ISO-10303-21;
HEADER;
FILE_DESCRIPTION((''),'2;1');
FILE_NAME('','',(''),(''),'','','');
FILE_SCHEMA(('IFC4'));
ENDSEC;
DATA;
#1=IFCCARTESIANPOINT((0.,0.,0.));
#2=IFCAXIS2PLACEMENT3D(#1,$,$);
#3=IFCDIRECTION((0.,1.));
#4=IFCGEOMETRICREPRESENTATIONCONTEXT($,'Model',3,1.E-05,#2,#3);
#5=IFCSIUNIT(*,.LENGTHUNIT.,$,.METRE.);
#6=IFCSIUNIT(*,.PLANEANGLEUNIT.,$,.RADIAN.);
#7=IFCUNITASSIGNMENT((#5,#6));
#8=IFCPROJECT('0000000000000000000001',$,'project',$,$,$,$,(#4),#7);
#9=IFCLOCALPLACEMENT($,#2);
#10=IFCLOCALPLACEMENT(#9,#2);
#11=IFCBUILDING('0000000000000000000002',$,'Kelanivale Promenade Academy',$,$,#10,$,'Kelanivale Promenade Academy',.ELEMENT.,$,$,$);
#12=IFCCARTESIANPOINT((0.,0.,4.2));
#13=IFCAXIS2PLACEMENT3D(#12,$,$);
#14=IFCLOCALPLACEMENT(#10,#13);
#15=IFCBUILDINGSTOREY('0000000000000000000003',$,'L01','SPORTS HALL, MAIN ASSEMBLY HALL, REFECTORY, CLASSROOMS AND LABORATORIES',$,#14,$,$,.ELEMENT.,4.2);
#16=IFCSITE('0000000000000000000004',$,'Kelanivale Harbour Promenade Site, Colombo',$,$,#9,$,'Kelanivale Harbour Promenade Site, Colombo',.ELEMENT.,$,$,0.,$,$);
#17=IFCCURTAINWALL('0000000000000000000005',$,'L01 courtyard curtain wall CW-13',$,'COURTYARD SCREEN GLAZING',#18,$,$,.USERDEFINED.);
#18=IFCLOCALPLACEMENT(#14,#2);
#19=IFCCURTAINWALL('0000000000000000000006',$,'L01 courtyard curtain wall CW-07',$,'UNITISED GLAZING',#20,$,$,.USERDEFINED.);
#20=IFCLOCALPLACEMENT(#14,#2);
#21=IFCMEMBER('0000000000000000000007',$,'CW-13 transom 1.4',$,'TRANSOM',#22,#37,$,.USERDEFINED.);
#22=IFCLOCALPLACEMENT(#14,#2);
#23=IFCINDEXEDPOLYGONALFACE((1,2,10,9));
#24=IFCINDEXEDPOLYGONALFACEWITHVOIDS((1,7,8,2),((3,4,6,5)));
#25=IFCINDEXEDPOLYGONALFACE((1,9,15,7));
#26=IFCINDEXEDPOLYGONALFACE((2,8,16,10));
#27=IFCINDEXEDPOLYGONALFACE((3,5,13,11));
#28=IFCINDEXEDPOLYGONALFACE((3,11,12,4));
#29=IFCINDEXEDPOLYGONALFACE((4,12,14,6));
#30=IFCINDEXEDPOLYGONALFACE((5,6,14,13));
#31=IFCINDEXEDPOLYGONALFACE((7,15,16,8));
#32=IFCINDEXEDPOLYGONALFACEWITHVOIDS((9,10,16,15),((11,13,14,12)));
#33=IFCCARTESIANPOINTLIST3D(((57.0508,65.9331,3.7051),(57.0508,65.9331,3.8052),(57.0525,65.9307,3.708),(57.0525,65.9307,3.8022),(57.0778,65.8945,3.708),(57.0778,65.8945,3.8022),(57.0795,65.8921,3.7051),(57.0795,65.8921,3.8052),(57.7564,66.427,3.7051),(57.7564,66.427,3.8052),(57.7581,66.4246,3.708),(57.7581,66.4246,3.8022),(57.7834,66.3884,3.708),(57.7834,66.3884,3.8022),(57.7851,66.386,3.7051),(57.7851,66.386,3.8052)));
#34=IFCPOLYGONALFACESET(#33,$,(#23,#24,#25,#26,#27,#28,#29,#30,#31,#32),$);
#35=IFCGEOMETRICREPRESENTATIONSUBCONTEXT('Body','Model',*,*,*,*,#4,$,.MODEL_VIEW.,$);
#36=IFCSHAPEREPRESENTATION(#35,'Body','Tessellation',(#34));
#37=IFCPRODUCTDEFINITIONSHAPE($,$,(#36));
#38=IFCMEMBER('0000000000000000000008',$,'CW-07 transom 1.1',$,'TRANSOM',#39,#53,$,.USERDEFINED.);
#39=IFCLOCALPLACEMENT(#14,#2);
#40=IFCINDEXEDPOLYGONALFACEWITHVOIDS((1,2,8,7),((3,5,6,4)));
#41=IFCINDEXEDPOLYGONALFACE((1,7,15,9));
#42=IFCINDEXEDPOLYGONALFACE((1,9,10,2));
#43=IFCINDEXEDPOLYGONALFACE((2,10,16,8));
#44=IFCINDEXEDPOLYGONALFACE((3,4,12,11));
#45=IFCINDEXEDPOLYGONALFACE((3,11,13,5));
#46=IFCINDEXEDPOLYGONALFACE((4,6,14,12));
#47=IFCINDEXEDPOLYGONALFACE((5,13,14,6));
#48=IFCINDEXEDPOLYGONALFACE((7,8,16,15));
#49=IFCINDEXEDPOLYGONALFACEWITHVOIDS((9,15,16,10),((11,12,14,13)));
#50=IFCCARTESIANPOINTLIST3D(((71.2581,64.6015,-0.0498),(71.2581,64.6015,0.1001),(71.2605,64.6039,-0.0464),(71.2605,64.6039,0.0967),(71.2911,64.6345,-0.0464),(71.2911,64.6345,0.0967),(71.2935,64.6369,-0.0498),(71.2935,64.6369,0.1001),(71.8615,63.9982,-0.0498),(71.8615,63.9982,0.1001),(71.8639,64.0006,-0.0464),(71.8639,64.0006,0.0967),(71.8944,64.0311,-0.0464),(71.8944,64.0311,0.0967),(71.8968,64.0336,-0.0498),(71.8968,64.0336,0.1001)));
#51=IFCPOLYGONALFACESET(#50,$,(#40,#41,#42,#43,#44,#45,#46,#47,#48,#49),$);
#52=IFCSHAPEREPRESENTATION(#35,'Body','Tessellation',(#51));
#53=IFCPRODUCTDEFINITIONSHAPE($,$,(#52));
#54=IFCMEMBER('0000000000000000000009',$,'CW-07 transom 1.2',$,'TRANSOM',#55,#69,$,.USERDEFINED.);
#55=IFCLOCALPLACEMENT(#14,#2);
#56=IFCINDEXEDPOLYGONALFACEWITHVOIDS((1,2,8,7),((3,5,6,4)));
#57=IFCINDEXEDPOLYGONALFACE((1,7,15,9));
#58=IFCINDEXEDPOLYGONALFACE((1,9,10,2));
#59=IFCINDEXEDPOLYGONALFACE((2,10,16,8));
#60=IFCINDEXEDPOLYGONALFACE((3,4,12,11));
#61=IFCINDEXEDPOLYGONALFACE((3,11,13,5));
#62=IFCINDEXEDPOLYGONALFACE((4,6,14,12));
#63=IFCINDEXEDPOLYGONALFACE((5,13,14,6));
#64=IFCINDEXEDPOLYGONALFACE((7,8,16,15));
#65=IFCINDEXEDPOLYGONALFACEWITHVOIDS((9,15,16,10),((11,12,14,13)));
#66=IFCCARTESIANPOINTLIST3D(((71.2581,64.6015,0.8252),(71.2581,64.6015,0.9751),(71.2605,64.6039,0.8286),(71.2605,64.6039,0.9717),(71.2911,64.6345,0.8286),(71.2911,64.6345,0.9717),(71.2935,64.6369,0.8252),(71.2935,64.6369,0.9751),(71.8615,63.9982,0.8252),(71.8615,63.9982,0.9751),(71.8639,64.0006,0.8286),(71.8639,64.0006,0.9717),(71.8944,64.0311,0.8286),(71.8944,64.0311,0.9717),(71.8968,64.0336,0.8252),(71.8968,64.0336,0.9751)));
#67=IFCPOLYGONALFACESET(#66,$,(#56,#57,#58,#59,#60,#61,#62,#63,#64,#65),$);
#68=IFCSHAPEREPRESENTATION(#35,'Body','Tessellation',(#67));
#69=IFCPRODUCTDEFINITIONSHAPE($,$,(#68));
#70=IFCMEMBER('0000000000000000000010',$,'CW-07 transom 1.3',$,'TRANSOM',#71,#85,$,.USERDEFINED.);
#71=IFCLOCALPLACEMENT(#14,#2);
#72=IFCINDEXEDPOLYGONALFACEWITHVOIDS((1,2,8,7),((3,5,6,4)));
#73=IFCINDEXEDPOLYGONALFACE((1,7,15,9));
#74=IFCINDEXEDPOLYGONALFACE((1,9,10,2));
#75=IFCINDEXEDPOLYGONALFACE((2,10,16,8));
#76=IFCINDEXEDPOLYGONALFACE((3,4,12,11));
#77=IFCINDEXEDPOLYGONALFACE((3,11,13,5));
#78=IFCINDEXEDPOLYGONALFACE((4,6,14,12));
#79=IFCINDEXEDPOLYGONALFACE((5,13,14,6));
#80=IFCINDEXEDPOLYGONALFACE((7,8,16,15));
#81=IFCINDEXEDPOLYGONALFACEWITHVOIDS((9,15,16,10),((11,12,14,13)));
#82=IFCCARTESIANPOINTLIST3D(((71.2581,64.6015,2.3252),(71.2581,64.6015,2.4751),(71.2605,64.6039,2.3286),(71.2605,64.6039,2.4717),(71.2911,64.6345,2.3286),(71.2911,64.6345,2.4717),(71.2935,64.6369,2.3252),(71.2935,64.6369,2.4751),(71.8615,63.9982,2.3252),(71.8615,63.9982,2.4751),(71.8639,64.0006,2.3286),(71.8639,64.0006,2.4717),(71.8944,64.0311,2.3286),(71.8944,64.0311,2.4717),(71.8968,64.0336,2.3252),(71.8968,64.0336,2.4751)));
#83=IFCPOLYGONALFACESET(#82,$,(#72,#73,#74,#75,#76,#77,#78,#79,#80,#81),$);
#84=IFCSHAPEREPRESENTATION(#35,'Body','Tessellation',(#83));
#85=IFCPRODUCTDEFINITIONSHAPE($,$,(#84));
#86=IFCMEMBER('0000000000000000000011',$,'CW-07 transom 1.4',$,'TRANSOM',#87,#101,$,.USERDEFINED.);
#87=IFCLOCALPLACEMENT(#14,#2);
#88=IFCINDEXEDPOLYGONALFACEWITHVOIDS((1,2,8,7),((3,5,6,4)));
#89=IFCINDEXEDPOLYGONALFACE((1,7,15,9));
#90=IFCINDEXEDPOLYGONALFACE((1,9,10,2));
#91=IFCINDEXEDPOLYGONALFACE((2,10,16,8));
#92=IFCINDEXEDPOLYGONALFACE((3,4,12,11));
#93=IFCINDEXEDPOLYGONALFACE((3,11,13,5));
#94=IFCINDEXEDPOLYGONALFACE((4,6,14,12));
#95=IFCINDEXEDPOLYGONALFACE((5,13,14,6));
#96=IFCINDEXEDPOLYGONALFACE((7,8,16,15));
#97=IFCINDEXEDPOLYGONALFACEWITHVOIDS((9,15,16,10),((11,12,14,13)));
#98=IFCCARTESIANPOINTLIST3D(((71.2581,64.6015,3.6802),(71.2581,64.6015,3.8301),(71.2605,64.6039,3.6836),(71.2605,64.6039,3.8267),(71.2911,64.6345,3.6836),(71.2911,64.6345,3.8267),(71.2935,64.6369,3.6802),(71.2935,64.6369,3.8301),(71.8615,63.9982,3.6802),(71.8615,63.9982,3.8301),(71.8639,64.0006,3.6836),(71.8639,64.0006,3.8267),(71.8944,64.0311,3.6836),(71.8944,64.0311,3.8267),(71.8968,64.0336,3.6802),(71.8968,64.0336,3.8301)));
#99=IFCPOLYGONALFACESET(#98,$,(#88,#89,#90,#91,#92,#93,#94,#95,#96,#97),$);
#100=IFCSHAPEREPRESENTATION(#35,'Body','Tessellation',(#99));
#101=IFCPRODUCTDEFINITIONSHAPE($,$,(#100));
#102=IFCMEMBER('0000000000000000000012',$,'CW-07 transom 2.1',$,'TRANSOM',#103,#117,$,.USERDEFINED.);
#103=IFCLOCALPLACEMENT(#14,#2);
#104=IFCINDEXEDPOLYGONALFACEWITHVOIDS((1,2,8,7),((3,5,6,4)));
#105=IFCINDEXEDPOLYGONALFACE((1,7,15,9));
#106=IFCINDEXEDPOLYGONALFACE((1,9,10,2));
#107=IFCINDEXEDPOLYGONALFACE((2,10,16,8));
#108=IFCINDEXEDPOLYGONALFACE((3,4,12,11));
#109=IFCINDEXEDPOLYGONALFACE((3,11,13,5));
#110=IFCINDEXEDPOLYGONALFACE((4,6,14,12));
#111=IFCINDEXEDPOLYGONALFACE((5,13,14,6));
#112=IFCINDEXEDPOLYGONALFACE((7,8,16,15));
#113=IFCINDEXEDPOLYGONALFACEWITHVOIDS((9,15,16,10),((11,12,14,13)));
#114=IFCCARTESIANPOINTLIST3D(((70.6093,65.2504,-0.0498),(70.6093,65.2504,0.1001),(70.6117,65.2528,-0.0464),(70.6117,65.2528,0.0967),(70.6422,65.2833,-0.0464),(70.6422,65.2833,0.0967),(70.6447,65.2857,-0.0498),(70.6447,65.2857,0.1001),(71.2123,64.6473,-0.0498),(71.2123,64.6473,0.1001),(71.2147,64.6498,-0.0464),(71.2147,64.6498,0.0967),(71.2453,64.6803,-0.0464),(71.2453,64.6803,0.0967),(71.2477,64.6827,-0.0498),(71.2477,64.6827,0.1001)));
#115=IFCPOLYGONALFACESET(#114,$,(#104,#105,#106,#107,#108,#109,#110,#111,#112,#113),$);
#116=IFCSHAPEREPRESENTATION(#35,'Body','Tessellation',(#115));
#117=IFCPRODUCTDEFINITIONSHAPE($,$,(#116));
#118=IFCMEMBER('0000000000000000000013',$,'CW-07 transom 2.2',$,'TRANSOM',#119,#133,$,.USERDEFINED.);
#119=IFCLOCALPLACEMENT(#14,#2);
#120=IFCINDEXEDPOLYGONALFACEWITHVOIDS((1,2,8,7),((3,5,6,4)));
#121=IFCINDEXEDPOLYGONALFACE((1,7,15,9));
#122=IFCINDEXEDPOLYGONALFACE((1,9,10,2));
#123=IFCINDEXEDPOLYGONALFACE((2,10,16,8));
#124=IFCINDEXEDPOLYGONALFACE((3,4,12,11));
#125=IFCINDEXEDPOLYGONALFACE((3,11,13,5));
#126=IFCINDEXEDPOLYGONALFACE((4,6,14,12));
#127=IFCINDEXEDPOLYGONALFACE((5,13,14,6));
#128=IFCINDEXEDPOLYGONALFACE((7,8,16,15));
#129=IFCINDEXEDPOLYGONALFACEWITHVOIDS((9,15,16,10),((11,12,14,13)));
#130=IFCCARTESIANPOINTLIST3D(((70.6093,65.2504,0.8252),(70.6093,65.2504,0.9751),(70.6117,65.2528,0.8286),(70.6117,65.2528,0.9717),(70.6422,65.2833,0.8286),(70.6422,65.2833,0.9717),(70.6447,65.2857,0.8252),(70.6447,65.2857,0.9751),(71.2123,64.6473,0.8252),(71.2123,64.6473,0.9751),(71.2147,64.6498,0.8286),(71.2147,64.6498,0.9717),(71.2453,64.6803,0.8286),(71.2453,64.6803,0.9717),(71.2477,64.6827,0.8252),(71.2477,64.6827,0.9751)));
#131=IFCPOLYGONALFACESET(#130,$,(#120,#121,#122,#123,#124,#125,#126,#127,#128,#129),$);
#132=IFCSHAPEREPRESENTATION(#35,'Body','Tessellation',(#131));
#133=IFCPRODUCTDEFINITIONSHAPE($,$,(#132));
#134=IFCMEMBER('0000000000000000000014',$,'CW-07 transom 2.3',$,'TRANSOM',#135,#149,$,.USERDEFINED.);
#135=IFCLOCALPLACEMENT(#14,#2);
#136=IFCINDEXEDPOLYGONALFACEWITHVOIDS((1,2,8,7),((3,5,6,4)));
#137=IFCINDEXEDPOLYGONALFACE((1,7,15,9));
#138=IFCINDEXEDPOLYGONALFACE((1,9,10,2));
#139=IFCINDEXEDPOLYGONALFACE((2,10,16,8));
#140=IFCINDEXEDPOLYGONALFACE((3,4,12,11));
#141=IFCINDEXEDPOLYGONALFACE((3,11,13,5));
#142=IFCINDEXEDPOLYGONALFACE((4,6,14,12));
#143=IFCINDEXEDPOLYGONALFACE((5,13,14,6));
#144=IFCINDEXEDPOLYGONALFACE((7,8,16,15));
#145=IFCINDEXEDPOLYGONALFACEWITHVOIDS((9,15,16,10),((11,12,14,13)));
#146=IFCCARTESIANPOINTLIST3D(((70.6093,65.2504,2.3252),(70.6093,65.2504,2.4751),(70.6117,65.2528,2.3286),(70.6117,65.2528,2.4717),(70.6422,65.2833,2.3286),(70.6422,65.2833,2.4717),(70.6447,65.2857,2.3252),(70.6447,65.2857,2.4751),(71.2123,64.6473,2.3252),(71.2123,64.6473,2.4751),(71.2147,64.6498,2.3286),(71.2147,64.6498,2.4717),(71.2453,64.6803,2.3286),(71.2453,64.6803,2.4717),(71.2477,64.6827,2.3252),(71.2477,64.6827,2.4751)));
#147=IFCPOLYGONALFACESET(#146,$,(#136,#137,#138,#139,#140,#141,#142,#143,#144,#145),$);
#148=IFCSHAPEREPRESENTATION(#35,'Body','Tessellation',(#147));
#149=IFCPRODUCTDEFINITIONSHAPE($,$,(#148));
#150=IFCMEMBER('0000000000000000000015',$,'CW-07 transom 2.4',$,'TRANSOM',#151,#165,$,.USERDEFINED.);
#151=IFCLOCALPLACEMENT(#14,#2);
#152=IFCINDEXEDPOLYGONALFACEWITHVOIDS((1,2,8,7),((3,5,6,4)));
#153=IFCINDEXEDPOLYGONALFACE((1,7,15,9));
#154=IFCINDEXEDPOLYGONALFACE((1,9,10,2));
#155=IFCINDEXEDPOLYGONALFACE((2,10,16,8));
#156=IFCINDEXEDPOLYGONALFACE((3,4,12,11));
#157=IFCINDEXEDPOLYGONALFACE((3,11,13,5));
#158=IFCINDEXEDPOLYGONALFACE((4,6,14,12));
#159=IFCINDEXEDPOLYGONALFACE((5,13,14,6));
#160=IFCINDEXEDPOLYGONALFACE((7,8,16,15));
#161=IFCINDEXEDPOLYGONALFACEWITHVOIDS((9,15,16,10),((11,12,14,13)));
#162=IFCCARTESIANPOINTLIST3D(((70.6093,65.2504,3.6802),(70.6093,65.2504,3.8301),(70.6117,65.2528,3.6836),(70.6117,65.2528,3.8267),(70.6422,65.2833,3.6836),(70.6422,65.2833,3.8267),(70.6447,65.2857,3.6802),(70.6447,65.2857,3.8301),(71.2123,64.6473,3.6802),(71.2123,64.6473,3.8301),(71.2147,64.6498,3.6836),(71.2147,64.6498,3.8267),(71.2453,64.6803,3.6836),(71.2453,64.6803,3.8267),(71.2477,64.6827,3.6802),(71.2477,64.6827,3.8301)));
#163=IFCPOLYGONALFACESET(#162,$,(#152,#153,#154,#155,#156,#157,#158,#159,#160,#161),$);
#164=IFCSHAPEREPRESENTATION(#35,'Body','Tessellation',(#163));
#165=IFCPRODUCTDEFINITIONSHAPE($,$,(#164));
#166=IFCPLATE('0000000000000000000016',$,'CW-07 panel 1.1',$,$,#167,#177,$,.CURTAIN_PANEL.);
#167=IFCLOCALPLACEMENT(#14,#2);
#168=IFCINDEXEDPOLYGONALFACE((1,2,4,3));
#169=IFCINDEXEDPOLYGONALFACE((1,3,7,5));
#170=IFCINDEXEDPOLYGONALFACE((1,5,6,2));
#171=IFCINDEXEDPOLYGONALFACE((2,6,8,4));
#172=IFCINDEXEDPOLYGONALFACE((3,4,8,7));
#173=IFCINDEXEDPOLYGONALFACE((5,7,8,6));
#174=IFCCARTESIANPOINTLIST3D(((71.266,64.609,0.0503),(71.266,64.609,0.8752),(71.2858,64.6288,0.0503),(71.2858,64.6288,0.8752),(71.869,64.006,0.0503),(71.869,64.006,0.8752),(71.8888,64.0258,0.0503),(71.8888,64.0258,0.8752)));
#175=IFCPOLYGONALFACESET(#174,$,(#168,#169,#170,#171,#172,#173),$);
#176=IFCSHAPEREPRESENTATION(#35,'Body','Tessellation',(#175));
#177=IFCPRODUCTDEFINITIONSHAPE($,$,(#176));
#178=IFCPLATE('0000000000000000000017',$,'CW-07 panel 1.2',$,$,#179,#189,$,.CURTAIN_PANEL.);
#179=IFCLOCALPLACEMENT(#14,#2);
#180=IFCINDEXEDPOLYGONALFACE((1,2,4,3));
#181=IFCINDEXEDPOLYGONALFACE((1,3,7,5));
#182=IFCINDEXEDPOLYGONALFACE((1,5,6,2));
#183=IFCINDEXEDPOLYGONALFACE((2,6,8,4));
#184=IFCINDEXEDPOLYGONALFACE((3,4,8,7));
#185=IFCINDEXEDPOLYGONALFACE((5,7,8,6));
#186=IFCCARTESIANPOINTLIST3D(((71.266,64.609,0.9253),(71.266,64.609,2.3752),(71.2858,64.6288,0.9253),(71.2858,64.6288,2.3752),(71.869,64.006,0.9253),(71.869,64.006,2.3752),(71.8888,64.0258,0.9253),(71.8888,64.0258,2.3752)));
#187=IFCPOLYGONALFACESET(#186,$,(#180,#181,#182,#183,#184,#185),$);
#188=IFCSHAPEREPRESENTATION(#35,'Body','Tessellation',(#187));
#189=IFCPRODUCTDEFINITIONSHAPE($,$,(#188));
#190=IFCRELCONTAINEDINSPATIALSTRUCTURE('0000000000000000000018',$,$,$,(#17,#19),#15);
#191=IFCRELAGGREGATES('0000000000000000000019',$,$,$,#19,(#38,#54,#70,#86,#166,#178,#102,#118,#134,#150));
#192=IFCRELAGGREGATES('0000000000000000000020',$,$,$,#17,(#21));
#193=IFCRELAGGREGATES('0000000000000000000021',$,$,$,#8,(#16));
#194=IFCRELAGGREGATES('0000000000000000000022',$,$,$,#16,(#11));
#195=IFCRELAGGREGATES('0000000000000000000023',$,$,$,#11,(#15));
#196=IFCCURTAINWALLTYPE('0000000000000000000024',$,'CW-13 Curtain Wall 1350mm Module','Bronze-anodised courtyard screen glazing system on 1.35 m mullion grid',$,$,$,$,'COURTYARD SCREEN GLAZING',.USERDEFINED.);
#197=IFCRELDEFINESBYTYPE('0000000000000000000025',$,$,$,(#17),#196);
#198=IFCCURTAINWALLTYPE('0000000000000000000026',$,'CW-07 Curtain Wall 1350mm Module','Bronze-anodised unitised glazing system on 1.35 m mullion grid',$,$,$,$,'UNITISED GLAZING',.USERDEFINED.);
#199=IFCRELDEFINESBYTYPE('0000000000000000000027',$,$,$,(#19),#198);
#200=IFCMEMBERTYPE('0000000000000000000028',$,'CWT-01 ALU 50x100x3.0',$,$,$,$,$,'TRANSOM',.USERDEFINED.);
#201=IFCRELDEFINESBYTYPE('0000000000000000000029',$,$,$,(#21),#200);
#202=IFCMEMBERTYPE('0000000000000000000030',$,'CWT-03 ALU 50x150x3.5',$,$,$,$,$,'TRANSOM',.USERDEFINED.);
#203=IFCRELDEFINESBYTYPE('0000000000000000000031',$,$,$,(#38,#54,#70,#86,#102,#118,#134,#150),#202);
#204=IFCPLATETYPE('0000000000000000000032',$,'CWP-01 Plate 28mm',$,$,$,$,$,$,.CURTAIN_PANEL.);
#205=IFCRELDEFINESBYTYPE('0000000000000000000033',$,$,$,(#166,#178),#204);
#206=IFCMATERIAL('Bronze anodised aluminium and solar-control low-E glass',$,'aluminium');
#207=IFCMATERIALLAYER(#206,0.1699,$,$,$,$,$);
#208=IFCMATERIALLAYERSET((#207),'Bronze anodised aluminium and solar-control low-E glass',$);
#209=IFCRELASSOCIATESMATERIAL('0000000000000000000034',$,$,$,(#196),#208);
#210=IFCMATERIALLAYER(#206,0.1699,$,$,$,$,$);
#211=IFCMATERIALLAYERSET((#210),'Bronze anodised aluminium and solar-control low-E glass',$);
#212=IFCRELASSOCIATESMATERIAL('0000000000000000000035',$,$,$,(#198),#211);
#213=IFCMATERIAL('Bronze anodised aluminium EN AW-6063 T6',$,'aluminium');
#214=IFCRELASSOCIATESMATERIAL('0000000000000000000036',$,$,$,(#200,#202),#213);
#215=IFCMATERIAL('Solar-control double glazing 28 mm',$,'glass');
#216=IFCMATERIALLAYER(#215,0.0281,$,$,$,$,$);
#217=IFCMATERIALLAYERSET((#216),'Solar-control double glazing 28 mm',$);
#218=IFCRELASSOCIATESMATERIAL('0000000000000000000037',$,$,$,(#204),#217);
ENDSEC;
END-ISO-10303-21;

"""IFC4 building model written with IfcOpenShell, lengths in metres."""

from ifc_helpers import new_model, si_unit, direction, frame, origin, origin_2d, place, context, subcontext, project, spatial, rectangle, hollow_rectangle, extrude, material, layer, layer_set, material_profile, profile_set, type_object, element, aggregate, save


model = new_model("IFC4")

# Units and contexts
model_context = context("Model", 3, precision=1e-05, world=origin(), true_north=direction((0.0, 1.0)))
body_context = subcontext(model_context, "Body", "Model", "MODEL_VIEW")
ifc_project = project(units=[si_unit("LENGTHUNIT", "METRE"), si_unit("PLANEANGLEUNIT", "RADIAN")], contexts=[model_context])

# Site, building, storey
site_placement = place(None, origin())
site = spatial("IfcSite", under=ifc_project, at=site_placement, Name="Kelanivale Harbour Promenade Site, Colombo", LongName="Kelanivale Harbour Promenade Site, Colombo", CompositionType="ELEMENT", RefElevation=0.0)
building_placement = place(site_placement, origin())
building = spatial("IfcBuilding", under=site, at=building_placement, Name="Kelanivale Promenade Academy", LongName="Kelanivale Promenade Academy", CompositionType="ELEMENT")
storey_placement = place(building_placement, frame((0.0, 0.0, 4.2)))
storey = spatial("IfcBuildingStorey", under=building, at=storey_placement, Name="L01", Description="SPORTS HALL, MAIN ASSEMBLY HALL, REFECTORY, CLASSROOMS AND LABORATORIES", CompositionType="ELEMENT", Elevation=4.2)

# Curtain wall
ifc_material_1 = material(Name="Bronze anodised aluminium and solar-control low-E glass", Category="aluminium")
ifc_layer_1 = layer(ifc_material_1, 0.1699)
ifc_layer_set_1 = layer_set([ifc_layer_1], Name="Bronze anodised aluminium and solar-control low-E glass")
curtain_wall_type_1 = type_object("IfcCurtainWallType", Name="CW-13 Curtain Wall 1350mm Module", Description="Bronze-anodised courtyard screen glazing system on 1.35 m mullion grid", ElementType="COURTYARD SCREEN GLAZING", PredefinedType="USERDEFINED", material=ifc_layer_set_1)
curtain_wall_1_placement = place(storey_placement, origin())
curtain_wall_1 = element("IfcCurtainWall", 1, at=curtain_wall_1_placement, inside=storey, type_object=curtain_wall_type_1, Name="L01 courtyard curtain wall CW-13", ObjectType="COURTYARD SCREEN GLAZING", PredefinedType="USERDEFINED")
ifc_material_2 = material(Name="Bronze anodised aluminium EN AW-6063 T6", Category="aluminium")

# Curtain wall
ifc_layer_2 = layer(ifc_material_1, 0.1699)
ifc_layer_set_2 = layer_set([ifc_layer_2], Name="Bronze anodised aluminium and solar-control low-E glass")
curtain_wall_type_2 = type_object("IfcCurtainWallType", Name="CW-07 Curtain Wall 1350mm Module", Description="Bronze-anodised unitised glazing system on 1.35 m mullion grid", ElementType="UNITISED GLAZING", PredefinedType="USERDEFINED", material=ifc_layer_set_2)
curtain_wall_2_placement = place(storey_placement, origin())
curtain_wall_2 = element("IfcCurtainWall", 2, at=curtain_wall_2_placement, inside=storey, type_object=curtain_wall_type_2, Name="L01 courtyard curtain wall CW-07", ObjectType="UNITISED GLAZING", PredefinedType="USERDEFINED")

# Members
ifc_material_profile_1 = material_profile(ifc_material_2, hollow_rectangle(XDim=0.05, YDim=0.1001, WallThickness=0.0029, at=origin_2d()), Name="ALU 50x100x3.0")
ifc_profile_set_1 = profile_set([ifc_material_profile_1], Name="Bronze anodised aluminium EN AW-6063 T6")
member_type_1 = type_object("IfcMemberType", Name="CWT-01 ALU 50x100x3.0", ElementType="TRANSOM", PredefinedType="USERDEFINED", material=ifc_profile_set_1)
member_1_placement = place(storey_placement, frame((57.7708, 66.4065, 3.7551), z_axis=(-0.819232, -0.573462, 0.0), x_axis=(0.573462, -0.819232, 0.0)))
member_1 = element("IfcMember", 3, at=member_1_placement, type_object=member_type_1, Name="CW-13 transom 1.4", ObjectType="TRANSOM", PredefinedType="USERDEFINED", context=body_context, shape_type="SweptSolid", body=[
    extrude(hollow_rectangle(XDim=0.05, YDim=0.1001, WallThickness=0.0029, at=origin_2d()), origin(), (0.0, 0.0, 1.0), 0.8613),
])
ifc_material_profile_2 = material_profile(ifc_material_2, hollow_rectangle(XDim=0.05, YDim=0.1499, WallThickness=0.0034, at=origin_2d()), Name="ALU 50x150x3.5")
ifc_profile_set_2 = profile_set([ifc_material_profile_2], Name="Bronze anodised aluminium EN AW-6063 T6")
member_type_2 = type_object("IfcMemberType", Name="CWT-03 ALU 50x150x3.5", ElementType="TRANSOM", PredefinedType="USERDEFINED", material=ifc_profile_set_2)
member_2_placement = place(storey_placement, frame((71.8792, 64.0159, 0.0251), z_axis=(-0.707107, 0.707107, 0.0), x_axis=(-0.707107, -0.707107, 0.0)))
member_2 = element("IfcMember", 4, at=member_2_placement, type_object=member_type_2, Name="CW-07 transom 1.1", ObjectType="TRANSOM", PredefinedType="USERDEFINED", context=body_context, shape_type="SweptSolid", body=[
    extrude(hollow_rectangle(XDim=0.05, YDim=0.1499, WallThickness=0.0034, at=origin_2d()), origin(), (0.0, 0.0, 1.0), 0.8533),
])
member_3_placement = place(storey_placement, frame((71.8792, 64.0159, 0.9001), z_axis=(-0.707107, 0.707107, 0.0), x_axis=(-0.707107, -0.707107, 0.0)))
member_3 = element("IfcMember", 5, at=member_3_placement, type_object=member_type_2, Name="CW-07 transom 1.2", ObjectType="TRANSOM", PredefinedType="USERDEFINED", context=body_context, shape_type="SweptSolid", body=[
    extrude(hollow_rectangle(XDim=0.05, YDim=0.1499, WallThickness=0.0034, at=origin_2d()), origin(), (0.0, 0.0, 1.0), 0.8533),
])
member_4_placement = place(storey_placement, frame((71.8792, 64.0159, 2.4001), z_axis=(-0.707107, 0.707107, 0.0), x_axis=(-0.707107, -0.707107, 0.0)))
member_4 = element("IfcMember", 6, at=member_4_placement, type_object=member_type_2, Name="CW-07 transom 1.3", ObjectType="TRANSOM", PredefinedType="USERDEFINED", context=body_context, shape_type="SweptSolid", body=[
    extrude(hollow_rectangle(XDim=0.05, YDim=0.1499, WallThickness=0.0034, at=origin_2d()), origin(), (0.0, 0.0, 1.0), 0.8533),
])
member_5_placement = place(storey_placement, frame((71.8792, 64.0159, 3.7551), z_axis=(-0.707107, 0.707107, 0.0), x_axis=(-0.707107, -0.707107, 0.0)))
member_5 = element("IfcMember", 7, at=member_5_placement, type_object=member_type_2, Name="CW-07 transom 1.4", ObjectType="TRANSOM", PredefinedType="USERDEFINED", context=body_context, shape_type="SweptSolid", body=[
    extrude(hollow_rectangle(XDim=0.05, YDim=0.1499, WallThickness=0.0034, at=origin_2d()), origin(), (0.0, 0.0, 1.0), 0.8533),
])
member_6_placement = place(storey_placement, frame((71.23, 64.665, 0.0251), z_axis=(-0.707107, 0.707107, 0.0), x_axis=(-0.707107, -0.707107, 0.0)))
member_6 = element("IfcMember", 8, at=member_6_placement, type_object=member_type_2, Name="CW-07 transom 2.1", ObjectType="TRANSOM", PredefinedType="USERDEFINED", context=body_context, shape_type="SweptSolid", body=[
    extrude(hollow_rectangle(XDim=0.05, YDim=0.1499, WallThickness=0.0034, at=origin_2d()), origin(), (0.0, 0.0, 1.0), 0.8528),
])
member_7_placement = place(storey_placement, frame((71.23, 64.665, 0.9001), z_axis=(-0.707107, 0.707107, 0.0), x_axis=(-0.707107, -0.707107, 0.0)))
member_7 = element("IfcMember", 9, at=member_7_placement, type_object=member_type_2, Name="CW-07 transom 2.2", ObjectType="TRANSOM", PredefinedType="USERDEFINED", context=body_context, shape_type="SweptSolid", body=[
    extrude(hollow_rectangle(XDim=0.05, YDim=0.1499, WallThickness=0.0034, at=origin_2d()), origin(), (0.0, 0.0, 1.0), 0.8528),
])
member_8_placement = place(storey_placement, frame((71.23, 64.665, 2.4001), z_axis=(-0.707107, 0.707107, 0.0), x_axis=(-0.707107, -0.707107, 0.0)))
member_8 = element("IfcMember", 10, at=member_8_placement, type_object=member_type_2, Name="CW-07 transom 2.3", ObjectType="TRANSOM", PredefinedType="USERDEFINED", context=body_context, shape_type="SweptSolid", body=[
    extrude(hollow_rectangle(XDim=0.05, YDim=0.1499, WallThickness=0.0034, at=origin_2d()), origin(), (0.0, 0.0, 1.0), 0.8528),
])
member_9_placement = place(storey_placement, frame((71.23, 64.665, 3.7551), z_axis=(-0.707107, 0.707107, 0.0), x_axis=(-0.707107, -0.707107, 0.0)))
member_9 = element("IfcMember", 11, at=member_9_placement, type_object=member_type_2, Name="CW-07 transom 2.4", ObjectType="TRANSOM", PredefinedType="USERDEFINED", context=body_context, shape_type="SweptSolid", body=[
    extrude(hollow_rectangle(XDim=0.05, YDim=0.1499, WallThickness=0.0034, at=origin_2d()), origin(), (0.0, 0.0, 1.0), 0.8528),
])

# Plates
ifc_material_3 = material(Name="Solar-control double glazing 28 mm", Category="glass")
ifc_layer_3 = layer(ifc_material_3, 0.0281)
ifc_layer_set_3 = layer_set([ifc_layer_3], Name="Solar-control double glazing 28 mm")
plate_type_1 = type_object("IfcPlateType", Name="CWP-01 Plate 28mm", PredefinedType="CURTAIN_PANEL", material=ifc_layer_set_3)
plate_1_placement = place(storey_placement, frame((71.5774, 64.3174, 0.0503), z_axis=(0.0, 0.0, 1.0), x_axis=(-0.707107, 0.707107, 0.0)))
plate_1 = element("IfcPlate", 12, at=plate_1_placement, type_object=plate_type_1, Name="CW-07 panel 1.1", PredefinedType="CURTAIN_PANEL", context=body_context, shape_type="SweptSolid", body=[
    extrude(rectangle(XDim=0.8528, YDim=0.0281, at=origin_2d()), origin(), (0.0, 0.0, 1.0), 0.825),
])
plate_2_placement = place(storey_placement, frame((71.5774, 64.3174, 0.9253), z_axis=(0.0, 0.0, 1.0), x_axis=(-0.707107, 0.707107, 0.0)))
plate_2 = element("IfcPlate", 13, at=plate_2_placement, type_object=plate_type_1, Name="CW-07 panel 1.2", PredefinedType="CURTAIN_PANEL", context=body_context, shape_type="SweptSolid", body=[
    extrude(rectangle(XDim=0.8528, YDim=0.0281, at=origin_2d()), origin(), (0.0, 0.0, 1.0), 1.45),
])
aggregate(curtain_wall_2, [member_2, member_3, member_4, member_5, plate_1, plate_2, member_6, member_7, member_8, member_9])
aggregate(curtain_wall_1, [member_1])

save(model, "model.ifc")
